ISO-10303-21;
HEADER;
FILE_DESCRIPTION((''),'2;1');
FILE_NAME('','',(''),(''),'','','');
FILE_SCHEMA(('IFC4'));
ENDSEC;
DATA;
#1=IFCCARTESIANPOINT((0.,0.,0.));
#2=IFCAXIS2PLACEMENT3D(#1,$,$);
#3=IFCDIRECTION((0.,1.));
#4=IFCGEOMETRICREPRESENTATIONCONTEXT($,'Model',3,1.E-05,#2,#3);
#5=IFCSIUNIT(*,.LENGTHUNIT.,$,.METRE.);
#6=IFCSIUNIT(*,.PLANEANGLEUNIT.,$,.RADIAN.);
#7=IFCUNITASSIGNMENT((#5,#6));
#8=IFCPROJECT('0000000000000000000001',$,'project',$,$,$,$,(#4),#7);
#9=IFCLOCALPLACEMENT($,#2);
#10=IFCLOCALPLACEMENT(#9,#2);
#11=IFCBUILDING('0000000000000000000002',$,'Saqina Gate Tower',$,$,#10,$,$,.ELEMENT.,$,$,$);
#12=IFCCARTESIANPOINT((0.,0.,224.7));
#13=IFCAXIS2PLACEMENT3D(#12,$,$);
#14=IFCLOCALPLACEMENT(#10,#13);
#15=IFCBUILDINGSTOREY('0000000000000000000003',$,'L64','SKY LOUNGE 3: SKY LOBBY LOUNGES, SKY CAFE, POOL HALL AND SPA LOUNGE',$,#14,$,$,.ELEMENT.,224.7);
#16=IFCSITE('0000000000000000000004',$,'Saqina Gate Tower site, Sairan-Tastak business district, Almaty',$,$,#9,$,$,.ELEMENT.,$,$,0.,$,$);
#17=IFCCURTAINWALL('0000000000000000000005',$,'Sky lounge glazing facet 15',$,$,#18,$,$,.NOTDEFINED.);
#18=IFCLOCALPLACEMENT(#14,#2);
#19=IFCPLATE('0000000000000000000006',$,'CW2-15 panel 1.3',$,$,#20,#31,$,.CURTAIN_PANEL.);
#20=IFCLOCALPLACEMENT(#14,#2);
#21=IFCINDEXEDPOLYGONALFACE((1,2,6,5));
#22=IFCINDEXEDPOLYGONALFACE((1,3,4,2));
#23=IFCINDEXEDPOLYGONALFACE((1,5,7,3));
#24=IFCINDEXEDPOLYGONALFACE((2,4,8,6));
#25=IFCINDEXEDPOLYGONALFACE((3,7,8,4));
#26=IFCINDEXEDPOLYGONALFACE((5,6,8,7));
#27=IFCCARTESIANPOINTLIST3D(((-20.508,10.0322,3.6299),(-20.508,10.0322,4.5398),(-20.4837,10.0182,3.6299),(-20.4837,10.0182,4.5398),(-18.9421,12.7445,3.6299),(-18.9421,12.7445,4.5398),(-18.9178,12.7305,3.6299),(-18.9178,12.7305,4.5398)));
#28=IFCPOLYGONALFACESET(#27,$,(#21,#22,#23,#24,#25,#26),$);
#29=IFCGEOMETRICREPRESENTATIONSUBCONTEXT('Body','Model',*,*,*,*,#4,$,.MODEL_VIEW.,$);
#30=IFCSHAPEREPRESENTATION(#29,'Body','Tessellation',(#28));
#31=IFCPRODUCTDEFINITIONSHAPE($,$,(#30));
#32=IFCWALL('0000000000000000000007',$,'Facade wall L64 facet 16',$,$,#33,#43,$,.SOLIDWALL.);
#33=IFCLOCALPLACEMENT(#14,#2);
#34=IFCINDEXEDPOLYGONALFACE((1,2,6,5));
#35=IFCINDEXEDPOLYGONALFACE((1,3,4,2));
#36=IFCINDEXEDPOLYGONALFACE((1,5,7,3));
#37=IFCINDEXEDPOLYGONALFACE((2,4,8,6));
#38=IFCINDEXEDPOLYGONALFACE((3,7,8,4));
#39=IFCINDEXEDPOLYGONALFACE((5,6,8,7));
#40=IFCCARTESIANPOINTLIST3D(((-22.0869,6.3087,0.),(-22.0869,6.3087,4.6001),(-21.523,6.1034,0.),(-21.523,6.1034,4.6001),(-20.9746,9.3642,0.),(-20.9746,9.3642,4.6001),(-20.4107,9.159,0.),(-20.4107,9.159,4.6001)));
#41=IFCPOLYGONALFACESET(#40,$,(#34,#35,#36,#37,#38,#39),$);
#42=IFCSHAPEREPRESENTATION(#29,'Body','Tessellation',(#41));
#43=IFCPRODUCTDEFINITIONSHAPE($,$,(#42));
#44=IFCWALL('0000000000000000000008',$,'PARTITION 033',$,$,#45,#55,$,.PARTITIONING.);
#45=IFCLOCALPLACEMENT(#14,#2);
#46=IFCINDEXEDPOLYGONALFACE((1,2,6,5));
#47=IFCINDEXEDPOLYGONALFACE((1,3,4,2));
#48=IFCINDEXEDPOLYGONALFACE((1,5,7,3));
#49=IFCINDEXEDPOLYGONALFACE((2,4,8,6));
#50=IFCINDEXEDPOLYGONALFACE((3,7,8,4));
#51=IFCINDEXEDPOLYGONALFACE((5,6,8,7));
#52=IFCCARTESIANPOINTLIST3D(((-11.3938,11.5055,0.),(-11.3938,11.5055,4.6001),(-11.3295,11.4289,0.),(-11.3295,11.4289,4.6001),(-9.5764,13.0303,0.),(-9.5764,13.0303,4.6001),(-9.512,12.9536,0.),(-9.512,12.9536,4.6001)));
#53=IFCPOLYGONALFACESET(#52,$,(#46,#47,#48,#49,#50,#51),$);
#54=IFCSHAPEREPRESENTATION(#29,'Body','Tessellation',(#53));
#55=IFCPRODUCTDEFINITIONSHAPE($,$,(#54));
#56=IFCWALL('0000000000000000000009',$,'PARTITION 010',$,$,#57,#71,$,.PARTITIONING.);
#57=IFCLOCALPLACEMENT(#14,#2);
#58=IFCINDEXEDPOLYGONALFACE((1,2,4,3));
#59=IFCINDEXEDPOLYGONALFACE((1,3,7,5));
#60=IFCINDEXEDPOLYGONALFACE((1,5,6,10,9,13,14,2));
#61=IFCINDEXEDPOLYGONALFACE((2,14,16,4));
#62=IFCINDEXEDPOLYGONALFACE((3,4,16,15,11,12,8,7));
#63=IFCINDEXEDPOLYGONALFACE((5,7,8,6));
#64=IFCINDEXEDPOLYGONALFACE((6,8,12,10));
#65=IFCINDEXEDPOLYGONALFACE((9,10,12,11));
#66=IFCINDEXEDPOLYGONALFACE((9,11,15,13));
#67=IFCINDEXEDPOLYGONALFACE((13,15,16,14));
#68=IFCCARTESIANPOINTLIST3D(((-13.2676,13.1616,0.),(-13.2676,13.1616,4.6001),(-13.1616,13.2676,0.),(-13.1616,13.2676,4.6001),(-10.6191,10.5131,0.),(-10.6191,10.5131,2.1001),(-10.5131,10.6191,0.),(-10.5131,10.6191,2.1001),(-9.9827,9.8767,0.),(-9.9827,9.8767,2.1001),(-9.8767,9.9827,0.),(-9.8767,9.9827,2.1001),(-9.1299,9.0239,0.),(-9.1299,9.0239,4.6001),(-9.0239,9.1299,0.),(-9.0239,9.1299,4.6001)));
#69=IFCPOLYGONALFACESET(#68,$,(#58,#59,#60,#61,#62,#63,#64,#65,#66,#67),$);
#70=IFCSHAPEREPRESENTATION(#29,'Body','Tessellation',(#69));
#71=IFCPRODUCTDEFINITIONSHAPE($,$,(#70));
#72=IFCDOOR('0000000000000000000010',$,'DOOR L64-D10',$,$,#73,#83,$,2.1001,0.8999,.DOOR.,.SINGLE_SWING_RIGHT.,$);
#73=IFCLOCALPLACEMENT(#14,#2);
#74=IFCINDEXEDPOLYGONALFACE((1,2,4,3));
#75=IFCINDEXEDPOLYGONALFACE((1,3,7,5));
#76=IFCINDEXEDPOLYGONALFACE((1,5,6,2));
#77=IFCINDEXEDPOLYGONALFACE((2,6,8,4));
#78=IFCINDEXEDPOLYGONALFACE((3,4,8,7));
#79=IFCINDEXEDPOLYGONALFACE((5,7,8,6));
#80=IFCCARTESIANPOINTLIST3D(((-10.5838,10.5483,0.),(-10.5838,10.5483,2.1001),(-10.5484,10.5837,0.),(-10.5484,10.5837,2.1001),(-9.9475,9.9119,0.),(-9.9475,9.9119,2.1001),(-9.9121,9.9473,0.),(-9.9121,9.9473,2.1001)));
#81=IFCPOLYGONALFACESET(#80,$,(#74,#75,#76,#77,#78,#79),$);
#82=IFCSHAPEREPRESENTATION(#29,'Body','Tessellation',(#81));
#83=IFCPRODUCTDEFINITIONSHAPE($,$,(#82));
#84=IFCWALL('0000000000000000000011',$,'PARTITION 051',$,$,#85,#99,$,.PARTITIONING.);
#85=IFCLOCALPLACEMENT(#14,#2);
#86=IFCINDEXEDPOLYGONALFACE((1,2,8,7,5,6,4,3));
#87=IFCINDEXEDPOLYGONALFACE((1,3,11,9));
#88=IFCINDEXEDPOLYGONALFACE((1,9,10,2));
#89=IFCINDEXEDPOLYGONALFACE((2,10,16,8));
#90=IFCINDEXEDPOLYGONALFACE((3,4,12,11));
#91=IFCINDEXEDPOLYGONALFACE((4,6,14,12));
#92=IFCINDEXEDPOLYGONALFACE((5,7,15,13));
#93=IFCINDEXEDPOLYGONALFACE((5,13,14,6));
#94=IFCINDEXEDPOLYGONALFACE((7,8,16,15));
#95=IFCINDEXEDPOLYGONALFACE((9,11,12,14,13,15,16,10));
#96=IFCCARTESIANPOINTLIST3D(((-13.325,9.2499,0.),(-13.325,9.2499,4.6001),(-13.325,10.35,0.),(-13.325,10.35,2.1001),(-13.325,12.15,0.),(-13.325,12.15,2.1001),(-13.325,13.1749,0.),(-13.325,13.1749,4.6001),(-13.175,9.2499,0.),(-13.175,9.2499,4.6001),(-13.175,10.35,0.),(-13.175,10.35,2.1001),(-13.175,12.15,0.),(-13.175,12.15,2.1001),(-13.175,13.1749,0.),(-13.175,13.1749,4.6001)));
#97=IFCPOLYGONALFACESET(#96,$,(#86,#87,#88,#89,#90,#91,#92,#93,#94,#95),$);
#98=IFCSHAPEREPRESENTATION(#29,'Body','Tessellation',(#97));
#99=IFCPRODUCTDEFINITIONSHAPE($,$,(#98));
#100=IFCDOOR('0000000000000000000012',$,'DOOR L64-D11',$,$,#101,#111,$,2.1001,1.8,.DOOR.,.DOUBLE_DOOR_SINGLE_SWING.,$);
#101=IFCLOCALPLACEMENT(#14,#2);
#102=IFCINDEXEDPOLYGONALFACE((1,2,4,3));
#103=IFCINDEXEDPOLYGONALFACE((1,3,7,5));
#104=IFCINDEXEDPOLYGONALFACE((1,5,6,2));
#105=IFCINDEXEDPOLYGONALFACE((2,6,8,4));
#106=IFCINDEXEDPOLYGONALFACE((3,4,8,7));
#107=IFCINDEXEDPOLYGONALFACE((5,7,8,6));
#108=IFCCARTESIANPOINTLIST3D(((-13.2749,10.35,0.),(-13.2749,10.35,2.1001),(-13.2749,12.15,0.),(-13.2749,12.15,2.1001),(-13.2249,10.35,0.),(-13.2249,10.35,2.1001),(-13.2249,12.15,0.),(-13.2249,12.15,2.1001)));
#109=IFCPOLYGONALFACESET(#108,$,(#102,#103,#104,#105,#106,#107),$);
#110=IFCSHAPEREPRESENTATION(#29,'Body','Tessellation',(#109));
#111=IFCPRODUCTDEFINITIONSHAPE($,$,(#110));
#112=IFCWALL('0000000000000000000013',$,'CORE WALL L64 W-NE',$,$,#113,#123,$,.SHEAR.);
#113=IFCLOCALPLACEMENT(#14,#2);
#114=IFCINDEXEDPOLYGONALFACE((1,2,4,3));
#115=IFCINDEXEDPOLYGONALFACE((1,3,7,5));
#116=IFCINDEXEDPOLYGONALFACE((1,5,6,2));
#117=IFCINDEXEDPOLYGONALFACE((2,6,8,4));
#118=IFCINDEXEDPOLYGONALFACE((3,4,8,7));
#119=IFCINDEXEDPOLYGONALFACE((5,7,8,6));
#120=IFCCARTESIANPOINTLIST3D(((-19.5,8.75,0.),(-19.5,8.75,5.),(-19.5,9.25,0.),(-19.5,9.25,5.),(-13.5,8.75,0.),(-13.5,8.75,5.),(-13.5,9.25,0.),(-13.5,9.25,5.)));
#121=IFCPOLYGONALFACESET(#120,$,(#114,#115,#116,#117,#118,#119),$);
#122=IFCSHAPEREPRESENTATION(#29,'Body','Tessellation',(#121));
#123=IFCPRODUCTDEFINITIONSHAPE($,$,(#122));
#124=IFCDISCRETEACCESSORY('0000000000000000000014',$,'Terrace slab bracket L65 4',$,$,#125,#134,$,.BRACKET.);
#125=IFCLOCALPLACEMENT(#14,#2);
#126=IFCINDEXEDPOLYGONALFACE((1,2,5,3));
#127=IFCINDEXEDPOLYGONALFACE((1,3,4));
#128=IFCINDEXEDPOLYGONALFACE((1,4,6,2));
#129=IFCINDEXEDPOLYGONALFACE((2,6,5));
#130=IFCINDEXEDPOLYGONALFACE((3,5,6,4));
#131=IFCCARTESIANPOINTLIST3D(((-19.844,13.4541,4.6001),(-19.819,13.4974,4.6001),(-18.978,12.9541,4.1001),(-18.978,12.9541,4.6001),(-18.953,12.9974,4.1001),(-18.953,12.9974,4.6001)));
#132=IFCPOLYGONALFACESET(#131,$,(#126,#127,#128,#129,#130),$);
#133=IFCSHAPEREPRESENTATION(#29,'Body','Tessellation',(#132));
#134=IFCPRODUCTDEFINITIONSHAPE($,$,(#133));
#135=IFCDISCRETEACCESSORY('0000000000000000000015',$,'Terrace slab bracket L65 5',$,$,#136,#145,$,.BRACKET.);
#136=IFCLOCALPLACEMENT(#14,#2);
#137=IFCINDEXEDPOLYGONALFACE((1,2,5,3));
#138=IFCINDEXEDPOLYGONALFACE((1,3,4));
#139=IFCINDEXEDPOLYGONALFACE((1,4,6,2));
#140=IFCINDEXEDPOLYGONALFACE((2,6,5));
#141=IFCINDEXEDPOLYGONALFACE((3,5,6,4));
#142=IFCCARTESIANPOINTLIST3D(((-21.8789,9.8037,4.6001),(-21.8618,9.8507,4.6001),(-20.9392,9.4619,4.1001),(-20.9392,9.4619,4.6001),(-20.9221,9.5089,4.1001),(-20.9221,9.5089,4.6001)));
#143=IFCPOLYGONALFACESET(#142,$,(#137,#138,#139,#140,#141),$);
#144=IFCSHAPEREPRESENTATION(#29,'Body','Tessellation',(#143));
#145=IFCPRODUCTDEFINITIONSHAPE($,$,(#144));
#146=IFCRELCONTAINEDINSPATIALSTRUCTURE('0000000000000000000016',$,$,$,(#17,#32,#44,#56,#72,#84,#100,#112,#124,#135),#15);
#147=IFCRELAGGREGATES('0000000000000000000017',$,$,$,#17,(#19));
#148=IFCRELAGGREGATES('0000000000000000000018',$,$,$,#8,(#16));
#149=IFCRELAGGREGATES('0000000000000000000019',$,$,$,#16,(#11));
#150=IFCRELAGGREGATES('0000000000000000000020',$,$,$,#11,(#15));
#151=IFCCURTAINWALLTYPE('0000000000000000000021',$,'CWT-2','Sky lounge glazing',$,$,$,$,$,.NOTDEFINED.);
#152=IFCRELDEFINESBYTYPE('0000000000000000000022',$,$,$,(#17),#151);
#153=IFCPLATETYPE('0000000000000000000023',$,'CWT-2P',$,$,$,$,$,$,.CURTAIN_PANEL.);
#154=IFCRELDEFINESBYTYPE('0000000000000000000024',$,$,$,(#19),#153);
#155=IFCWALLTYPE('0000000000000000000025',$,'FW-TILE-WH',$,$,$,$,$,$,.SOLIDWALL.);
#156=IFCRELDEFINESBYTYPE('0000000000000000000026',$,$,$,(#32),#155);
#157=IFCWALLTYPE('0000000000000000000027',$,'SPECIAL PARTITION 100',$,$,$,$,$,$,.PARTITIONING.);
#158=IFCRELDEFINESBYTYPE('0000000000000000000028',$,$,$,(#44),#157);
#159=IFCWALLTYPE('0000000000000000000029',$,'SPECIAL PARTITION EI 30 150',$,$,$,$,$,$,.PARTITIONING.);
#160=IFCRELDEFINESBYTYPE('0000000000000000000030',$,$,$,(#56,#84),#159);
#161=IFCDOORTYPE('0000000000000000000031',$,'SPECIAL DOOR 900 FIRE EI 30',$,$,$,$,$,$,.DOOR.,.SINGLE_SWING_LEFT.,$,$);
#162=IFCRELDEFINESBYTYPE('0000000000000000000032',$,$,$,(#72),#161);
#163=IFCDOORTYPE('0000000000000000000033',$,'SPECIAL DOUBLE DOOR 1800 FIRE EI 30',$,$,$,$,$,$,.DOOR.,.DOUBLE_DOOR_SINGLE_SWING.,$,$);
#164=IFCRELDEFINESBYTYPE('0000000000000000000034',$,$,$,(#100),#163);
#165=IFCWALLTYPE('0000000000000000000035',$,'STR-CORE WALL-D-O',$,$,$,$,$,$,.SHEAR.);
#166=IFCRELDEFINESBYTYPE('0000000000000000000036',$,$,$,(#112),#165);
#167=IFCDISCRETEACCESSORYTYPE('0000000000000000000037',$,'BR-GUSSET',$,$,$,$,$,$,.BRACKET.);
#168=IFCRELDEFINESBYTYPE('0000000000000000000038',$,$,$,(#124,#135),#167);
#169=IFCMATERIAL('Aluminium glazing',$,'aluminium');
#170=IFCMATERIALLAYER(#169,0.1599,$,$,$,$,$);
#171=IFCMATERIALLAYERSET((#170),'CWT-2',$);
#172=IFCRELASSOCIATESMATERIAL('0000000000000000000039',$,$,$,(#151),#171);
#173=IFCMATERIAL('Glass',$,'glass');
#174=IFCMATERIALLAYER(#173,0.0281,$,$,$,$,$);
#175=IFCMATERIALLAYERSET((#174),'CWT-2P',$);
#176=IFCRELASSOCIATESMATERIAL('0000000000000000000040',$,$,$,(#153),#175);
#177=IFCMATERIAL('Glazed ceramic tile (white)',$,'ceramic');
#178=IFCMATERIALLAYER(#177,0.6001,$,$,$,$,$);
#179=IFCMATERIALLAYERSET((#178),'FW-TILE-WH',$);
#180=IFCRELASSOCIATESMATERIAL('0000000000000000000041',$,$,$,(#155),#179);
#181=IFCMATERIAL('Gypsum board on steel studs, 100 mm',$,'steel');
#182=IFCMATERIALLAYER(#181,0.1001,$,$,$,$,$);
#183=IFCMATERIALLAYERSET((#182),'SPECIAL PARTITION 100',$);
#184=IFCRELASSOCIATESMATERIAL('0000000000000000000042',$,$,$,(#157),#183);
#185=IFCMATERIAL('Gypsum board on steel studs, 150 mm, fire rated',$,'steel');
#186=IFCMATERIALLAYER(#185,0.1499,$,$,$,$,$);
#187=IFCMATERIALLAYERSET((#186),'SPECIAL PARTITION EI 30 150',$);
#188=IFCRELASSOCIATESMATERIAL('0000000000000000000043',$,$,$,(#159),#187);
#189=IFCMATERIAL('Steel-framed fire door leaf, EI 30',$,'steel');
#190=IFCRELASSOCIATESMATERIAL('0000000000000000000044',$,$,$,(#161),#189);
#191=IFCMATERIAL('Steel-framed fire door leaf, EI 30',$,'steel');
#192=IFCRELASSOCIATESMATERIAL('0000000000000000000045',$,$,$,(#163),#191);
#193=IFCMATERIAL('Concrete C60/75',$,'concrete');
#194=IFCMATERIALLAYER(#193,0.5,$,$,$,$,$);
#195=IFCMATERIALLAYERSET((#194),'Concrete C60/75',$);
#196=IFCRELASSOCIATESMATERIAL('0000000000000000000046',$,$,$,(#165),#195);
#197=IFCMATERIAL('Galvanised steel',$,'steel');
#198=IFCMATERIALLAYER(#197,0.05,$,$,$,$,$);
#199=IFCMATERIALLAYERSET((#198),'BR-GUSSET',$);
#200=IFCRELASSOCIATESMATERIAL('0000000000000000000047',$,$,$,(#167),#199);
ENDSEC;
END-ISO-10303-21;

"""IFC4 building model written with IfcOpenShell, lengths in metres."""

from ifc_helpers import new_model, si_unit, direction, frame, frame_2d, origin, origin_2d, place, context, subcontext, project, spatial, polyline, rectangle, outline, extrude, material, layer, layer_set, type_object, element, fill, aggregate, save


model = new_model("IFC4")

# Units and contexts
model_context = context("Model", 3, precision=1e-05, world=origin(), true_north=direction((0.0, 1.0)))
body_context = subcontext(model_context, "Body", "Model", "MODEL_VIEW")
ifc_project = project(units=[si_unit("LENGTHUNIT", "METRE"), si_unit("PLANEANGLEUNIT", "RADIAN")], contexts=[model_context])

# Site, building, storey
site_placement = place(None, origin())
site = spatial("IfcSite", under=ifc_project, at=site_placement, Name="Saqina Gate Tower site, Sairan-Tastak business district, Almaty", CompositionType="ELEMENT", RefElevation=0.0)
building_placement = place(site_placement, origin())
building = spatial("IfcBuilding", under=site, at=building_placement, Name="Saqina Gate Tower", CompositionType="ELEMENT")
storey_placement = place(building_placement, frame((0.0, 0.0, 224.7)))
storey = spatial("IfcBuildingStorey", under=building, at=storey_placement, Name="L64", Description="SKY LOUNGE 3: SKY LOBBY LOUNGES, SKY CAFE, POOL HALL AND SPA LOUNGE", CompositionType="ELEMENT", Elevation=224.7)

# Shared definitions
ifc_material_1 = material(Name="Aluminium glazing", Category="aluminium")
ifc_layer_1 = layer(ifc_material_1, 0.1599)
ifc_layer_set_1 = layer_set([ifc_layer_1], Name="CWT-2")
curtain_wall_type = type_object("IfcCurtainWallType", Name="CWT-2", Description="Sky lounge glazing", PredefinedType="NOTDEFINED", material=ifc_layer_set_1)

# Curtain wall
curtain_wall_1_placement = place(storey_placement, origin())
curtain_wall_1 = element("IfcCurtainWall", 1, at=curtain_wall_1_placement, inside=storey, type_object=curtain_wall_type, Name="Sky lounge glazing facet 15", PredefinedType="NOTDEFINED")

# Plate
ifc_material_2 = material(Name="Glass", Category="glass")
ifc_layer_2 = layer(ifc_material_2, 0.0281)
ifc_layer_set_2 = layer_set([ifc_layer_2], Name="CWT-2P")
plate_type = type_object("IfcPlateType", Name="CWT-2P", PredefinedType="CURTAIN_PANEL", material=ifc_layer_set_2)
plate_1_placement = place(storey_placement, frame((-19.7129, 11.3813, 3.6299), z_axis=(0.0, 0.0, 1.0), x_axis=(-0.499982, -0.866036, 0.0)))
plate_1 = element("IfcPlate", 2, at=plate_1_placement, type_object=plate_type, Name="CW2-15 panel 1.3", PredefinedType="CURTAIN_PANEL", context=body_context, shape_type="SweptSolid", body=[
    extrude(rectangle(XDim=3.1318, YDim=0.0281, at=origin_2d()), origin(), (0.0, 0.0, 1.0), 0.9099),
])
aggregate(curtain_wall_1, [plate_1])

# Walls
ifc_material_3 = material(Name="Glazed ceramic tile (white)", Category="ceramic")
ifc_layer_3 = layer(ifc_material_3, 0.6001)
ifc_layer_set_3 = layer_set([ifc_layer_3], Name="FW-TILE-WH")
wall_type_1 = type_object("IfcWallType", Name="FW-TILE-WH", PredefinedType="SOLIDWALL", material=ifc_layer_set_3)
wall_1_placement = place(storey_placement, frame((-20.6926, 9.2617, 0.0), z_axis=(0.0, 0.0, 1.0), x_axis=(-0.342057, -0.939679, 0.0)))
element("IfcWall", 3, at=wall_1_placement, inside=storey, type_object=wall_type_1, Name="Facade wall L64 facet 16", PredefinedType="SOLIDWALL", context=body_context, shape_type="SweptSolid", body=[
    extrude(rectangle(XDim=3.2517, YDim=0.6001, at=frame_2d((1.626, 0.0))), origin(), (0.0, 0.0, 1.0), 4.6001),
])
ifc_material_4 = material(Name="Gypsum board on steel studs, 100 mm", Category="steel")
ifc_layer_4 = layer(ifc_material_4, 0.1001)
ifc_layer_set_4 = layer_set([ifc_layer_4], Name="SPECIAL PARTITION 100")
wall_type_2 = type_object("IfcWallType", Name="SPECIAL PARTITION 100", PredefinedType="PARTITIONING", material=ifc_layer_set_4)
wall_2_placement = place(storey_placement, frame((-11.3616, 11.4673, 0.0), z_axis=(0.0, 0.0, 1.0), x_axis=(0.766108, 0.642712, 0.0)))
element("IfcWall", 4, at=wall_2_placement, inside=storey, type_object=wall_type_2, Name="PARTITION 033", PredefinedType="PARTITIONING", context=body_context, shape_type="SweptSolid", body=[
    extrude(rectangle(XDim=2.3723, YDim=0.1001, at=frame_2d((1.186, 0.0))), origin(), (0.0, 0.0, 1.0), 4.6001),
])

# Walls, openings, doors
ifc_material_5 = material(Name="Gypsum board on steel studs, 150 mm, fire rated", Category="steel")
ifc_layer_5 = layer(ifc_material_5, 0.1499)
ifc_layer_set_5 = layer_set([ifc_layer_5], Name="SPECIAL PARTITION EI 30 150")
wall_type_3 = type_object("IfcWallType", Name="SPECIAL PARTITION EI 30 150", PredefinedType="PARTITIONING", material=ifc_layer_set_5)
wall_3_placement = place(storey_placement, frame((-13.2146, 13.2146, 0.0), z_axis=(0.0, 0.0, 1.0), x_axis=(0.707107, -0.707107, 0.0)))
wall_3 = element("IfcWall", 5, at=wall_3_placement, inside=storey, type_object=wall_type_3, Name="PARTITION 010", PredefinedType="PARTITIONING", context=body_context, shape_type="SweptSolid", body=[
    extrude(rectangle(XDim=5.8516, YDim=0.1499, at=frame_2d((2.9258, 0.0))), origin(), (0.0, 0.0, 1.0), 4.6001),
])
opening_1_placement = place(wall_3_placement, frame((3.7456, 0.0, 0.0)))
opening_1 = element("IfcOpeningElement", 6, at=opening_1_placement, cuts=wall_3, PredefinedType="OPENING", context=body_context, shape_type="SweptSolid", body=[
    extrude(rectangle(XDim=0.8999, YDim=2.1001, at=frame_2d((0.45, 1.05))), frame((0.0, 0.0869, 0.0), z_axis=(0.0, -1.0, 0.0), x_axis=(1.0, 0.0, 0.0)), (0.0, 0.0, 1.0), 0.1738),
])
ifc_material_6 = material(Name="Steel-framed fire door leaf, EI 30", Category="steel")
door_type_1 = type_object("IfcDoorType", Name="SPECIAL DOOR 900 FIRE EI 30", OperationType="SINGLE_SWING_LEFT", PredefinedType="DOOR", material=ifc_material_6)
door_1_placement = place(opening_1_placement, origin())
door_1 = element("IfcDoor", 7, at=door_1_placement, inside=storey, type_object=door_type_1, Name="DOOR L64-D10", OperationType="SINGLE_SWING_RIGHT", OverallHeight=2.1001, OverallWidth=0.8999, PredefinedType="DOOR", context=body_context, shape_type="SweptSolid", body=[
    extrude(rectangle(XDim=0.8999, YDim=2.1001, at=frame_2d((0.45, 1.05))), frame((0.0, 0.0249, 0.0), z_axis=(0.0, -1.0, 0.0), x_axis=(1.0, 0.0, 0.0)), (0.0, 0.0, 1.0), 0.05),
])
fill(opening_1, door_1)
wall_4_placement = place(storey_placement, frame((-13.25, 9.25, 0.0), z_axis=(0.0, 0.0, 1.0), x_axis=(0.0, 1.0, 0.0)))
wall_4 = element("IfcWall", 8, at=wall_4_placement, inside=storey, type_object=wall_type_3, Name="PARTITION 051", PredefinedType="PARTITIONING", context=body_context, shape_type="SweptSolid", body=[
    extrude(rectangle(XDim=3.925, YDim=0.1499, at=frame_2d((1.9624, 0.0))), origin(), (0.0, 0.0, 1.0), 4.6001),
])
opening_2_placement = place(wall_4_placement, frame((1.1001, 0.0, 0.0)))
opening_2 = element("IfcOpeningElement", 9, at=opening_2_placement, cuts=wall_4, PredefinedType="OPENING", context=body_context, shape_type="SweptSolid", body=[
    extrude(rectangle(XDim=1.8, YDim=2.1001, at=frame_2d((0.8999, 1.05))), frame((0.0, 0.0869, 0.0), z_axis=(0.0, -1.0, 0.0), x_axis=(1.0, 0.0, 0.0)), (0.0, 0.0, 1.0), 0.1738),
])
ifc_material_7 = material(Name="Steel-framed fire door leaf, EI 30", Category="steel")
door_type_2 = type_object("IfcDoorType", Name="SPECIAL DOUBLE DOOR 1800 FIRE EI 30", OperationType="DOUBLE_DOOR_SINGLE_SWING", PredefinedType="DOOR", material=ifc_material_7)
door_2_placement = place(opening_2_placement, origin())
door_2 = element("IfcDoor", 10, at=door_2_placement, inside=storey, type_object=door_type_2, Name="DOOR L64-D11", OperationType="DOUBLE_DOOR_SINGLE_SWING", OverallHeight=2.1001, OverallWidth=1.8, PredefinedType="DOOR", context=body_context, shape_type="SweptSolid", body=[
    extrude(rectangle(XDim=1.8, YDim=2.1001, at=frame_2d((0.8999, 1.05))), frame((0.0, 0.0249, 0.0), z_axis=(0.0, -1.0, 0.0), x_axis=(1.0, 0.0, 0.0)), (0.0, 0.0, 1.0), 0.05),
])
fill(opening_2, door_2)

# Wall
ifc_material_8 = material(Name="Concrete C60/75", Category="concrete")
ifc_layer_6 = layer(ifc_material_8, 0.5)
ifc_layer_set_6 = layer_set([ifc_layer_6], Name="Concrete C60/75")
wall_type_4 = type_object("IfcWallType", Name="STR-CORE WALL-D-O", PredefinedType="SHEAR", material=ifc_layer_set_6)
wall_5_placement = place(storey_placement, frame((-13.5, 9.0, 0.0), z_axis=(0.0, 0.0, 1.0), x_axis=(-1.0, 0.0, 0.0)))
element("IfcWall", 11, at=wall_5_placement, inside=storey, type_object=wall_type_4, Name="CORE WALL L64 W-NE", PredefinedType="SHEAR", context=body_context, shape_type="SweptSolid", body=[
    extrude(rectangle(XDim=6.0, YDim=0.5, at=frame_2d((3.0, 0.0))), origin(), (0.0, 0.0, 1.0), 5.0),
])

# Discrete accessories
ifc_material_9 = material(Name="Galvanised steel", Category="steel")
ifc_layer_7 = layer(ifc_material_9, 0.05)
ifc_layer_set_7 = layer_set([ifc_layer_7], Name="BR-GUSSET")
discrete_accessory_type = type_object("IfcDiscreteAccessoryType", Name="BR-GUSSET", PredefinedType="BRACKET", material=ifc_layer_set_7)
discrete_accessory_1_placement = place(storey_placement, frame((-18.978, 12.9541, 4.1001), z_axis=(-0.500025, -0.866011, 0.0), x_axis=(0.0, 0.0, 1.0)))
element("IfcDiscreteAccessory", 12, at=discrete_accessory_1_placement, inside=storey, type_object=discrete_accessory_type, Name="Terrace slab bracket L65 4", PredefinedType="BRACKET", context=body_context, shape_type="SweptSolid", body=[
    extrude(outline(polyline([(0.0, 0.0), (0.5, 0.0), (0.5, 0.9999), (0.0, 0.0)])), origin(), (0.0, 0.0, -1.0), 0.05),
])
discrete_accessory_2_placement = place(storey_placement, frame((-20.9392, 9.4619, 4.1001), z_axis=(-0.341821, -0.939765, 0.0), x_axis=(0.0, 0.0, 1.0)))
element("IfcDiscreteAccessory", 13, at=discrete_accessory_2_placement, inside=storey, type_object=discrete_accessory_type, Name="Terrace slab bracket L65 5", PredefinedType="BRACKET", context=body_context, shape_type="SweptSolid", body=[
    extrude(outline(polyline([(0.0, 0.0), (0.5, 0.0), (0.5, 0.9999), (0.0, 0.0)])), origin(), (0.0, 0.0, -1.0), 0.05),
])

save(model, "model.ifc")
